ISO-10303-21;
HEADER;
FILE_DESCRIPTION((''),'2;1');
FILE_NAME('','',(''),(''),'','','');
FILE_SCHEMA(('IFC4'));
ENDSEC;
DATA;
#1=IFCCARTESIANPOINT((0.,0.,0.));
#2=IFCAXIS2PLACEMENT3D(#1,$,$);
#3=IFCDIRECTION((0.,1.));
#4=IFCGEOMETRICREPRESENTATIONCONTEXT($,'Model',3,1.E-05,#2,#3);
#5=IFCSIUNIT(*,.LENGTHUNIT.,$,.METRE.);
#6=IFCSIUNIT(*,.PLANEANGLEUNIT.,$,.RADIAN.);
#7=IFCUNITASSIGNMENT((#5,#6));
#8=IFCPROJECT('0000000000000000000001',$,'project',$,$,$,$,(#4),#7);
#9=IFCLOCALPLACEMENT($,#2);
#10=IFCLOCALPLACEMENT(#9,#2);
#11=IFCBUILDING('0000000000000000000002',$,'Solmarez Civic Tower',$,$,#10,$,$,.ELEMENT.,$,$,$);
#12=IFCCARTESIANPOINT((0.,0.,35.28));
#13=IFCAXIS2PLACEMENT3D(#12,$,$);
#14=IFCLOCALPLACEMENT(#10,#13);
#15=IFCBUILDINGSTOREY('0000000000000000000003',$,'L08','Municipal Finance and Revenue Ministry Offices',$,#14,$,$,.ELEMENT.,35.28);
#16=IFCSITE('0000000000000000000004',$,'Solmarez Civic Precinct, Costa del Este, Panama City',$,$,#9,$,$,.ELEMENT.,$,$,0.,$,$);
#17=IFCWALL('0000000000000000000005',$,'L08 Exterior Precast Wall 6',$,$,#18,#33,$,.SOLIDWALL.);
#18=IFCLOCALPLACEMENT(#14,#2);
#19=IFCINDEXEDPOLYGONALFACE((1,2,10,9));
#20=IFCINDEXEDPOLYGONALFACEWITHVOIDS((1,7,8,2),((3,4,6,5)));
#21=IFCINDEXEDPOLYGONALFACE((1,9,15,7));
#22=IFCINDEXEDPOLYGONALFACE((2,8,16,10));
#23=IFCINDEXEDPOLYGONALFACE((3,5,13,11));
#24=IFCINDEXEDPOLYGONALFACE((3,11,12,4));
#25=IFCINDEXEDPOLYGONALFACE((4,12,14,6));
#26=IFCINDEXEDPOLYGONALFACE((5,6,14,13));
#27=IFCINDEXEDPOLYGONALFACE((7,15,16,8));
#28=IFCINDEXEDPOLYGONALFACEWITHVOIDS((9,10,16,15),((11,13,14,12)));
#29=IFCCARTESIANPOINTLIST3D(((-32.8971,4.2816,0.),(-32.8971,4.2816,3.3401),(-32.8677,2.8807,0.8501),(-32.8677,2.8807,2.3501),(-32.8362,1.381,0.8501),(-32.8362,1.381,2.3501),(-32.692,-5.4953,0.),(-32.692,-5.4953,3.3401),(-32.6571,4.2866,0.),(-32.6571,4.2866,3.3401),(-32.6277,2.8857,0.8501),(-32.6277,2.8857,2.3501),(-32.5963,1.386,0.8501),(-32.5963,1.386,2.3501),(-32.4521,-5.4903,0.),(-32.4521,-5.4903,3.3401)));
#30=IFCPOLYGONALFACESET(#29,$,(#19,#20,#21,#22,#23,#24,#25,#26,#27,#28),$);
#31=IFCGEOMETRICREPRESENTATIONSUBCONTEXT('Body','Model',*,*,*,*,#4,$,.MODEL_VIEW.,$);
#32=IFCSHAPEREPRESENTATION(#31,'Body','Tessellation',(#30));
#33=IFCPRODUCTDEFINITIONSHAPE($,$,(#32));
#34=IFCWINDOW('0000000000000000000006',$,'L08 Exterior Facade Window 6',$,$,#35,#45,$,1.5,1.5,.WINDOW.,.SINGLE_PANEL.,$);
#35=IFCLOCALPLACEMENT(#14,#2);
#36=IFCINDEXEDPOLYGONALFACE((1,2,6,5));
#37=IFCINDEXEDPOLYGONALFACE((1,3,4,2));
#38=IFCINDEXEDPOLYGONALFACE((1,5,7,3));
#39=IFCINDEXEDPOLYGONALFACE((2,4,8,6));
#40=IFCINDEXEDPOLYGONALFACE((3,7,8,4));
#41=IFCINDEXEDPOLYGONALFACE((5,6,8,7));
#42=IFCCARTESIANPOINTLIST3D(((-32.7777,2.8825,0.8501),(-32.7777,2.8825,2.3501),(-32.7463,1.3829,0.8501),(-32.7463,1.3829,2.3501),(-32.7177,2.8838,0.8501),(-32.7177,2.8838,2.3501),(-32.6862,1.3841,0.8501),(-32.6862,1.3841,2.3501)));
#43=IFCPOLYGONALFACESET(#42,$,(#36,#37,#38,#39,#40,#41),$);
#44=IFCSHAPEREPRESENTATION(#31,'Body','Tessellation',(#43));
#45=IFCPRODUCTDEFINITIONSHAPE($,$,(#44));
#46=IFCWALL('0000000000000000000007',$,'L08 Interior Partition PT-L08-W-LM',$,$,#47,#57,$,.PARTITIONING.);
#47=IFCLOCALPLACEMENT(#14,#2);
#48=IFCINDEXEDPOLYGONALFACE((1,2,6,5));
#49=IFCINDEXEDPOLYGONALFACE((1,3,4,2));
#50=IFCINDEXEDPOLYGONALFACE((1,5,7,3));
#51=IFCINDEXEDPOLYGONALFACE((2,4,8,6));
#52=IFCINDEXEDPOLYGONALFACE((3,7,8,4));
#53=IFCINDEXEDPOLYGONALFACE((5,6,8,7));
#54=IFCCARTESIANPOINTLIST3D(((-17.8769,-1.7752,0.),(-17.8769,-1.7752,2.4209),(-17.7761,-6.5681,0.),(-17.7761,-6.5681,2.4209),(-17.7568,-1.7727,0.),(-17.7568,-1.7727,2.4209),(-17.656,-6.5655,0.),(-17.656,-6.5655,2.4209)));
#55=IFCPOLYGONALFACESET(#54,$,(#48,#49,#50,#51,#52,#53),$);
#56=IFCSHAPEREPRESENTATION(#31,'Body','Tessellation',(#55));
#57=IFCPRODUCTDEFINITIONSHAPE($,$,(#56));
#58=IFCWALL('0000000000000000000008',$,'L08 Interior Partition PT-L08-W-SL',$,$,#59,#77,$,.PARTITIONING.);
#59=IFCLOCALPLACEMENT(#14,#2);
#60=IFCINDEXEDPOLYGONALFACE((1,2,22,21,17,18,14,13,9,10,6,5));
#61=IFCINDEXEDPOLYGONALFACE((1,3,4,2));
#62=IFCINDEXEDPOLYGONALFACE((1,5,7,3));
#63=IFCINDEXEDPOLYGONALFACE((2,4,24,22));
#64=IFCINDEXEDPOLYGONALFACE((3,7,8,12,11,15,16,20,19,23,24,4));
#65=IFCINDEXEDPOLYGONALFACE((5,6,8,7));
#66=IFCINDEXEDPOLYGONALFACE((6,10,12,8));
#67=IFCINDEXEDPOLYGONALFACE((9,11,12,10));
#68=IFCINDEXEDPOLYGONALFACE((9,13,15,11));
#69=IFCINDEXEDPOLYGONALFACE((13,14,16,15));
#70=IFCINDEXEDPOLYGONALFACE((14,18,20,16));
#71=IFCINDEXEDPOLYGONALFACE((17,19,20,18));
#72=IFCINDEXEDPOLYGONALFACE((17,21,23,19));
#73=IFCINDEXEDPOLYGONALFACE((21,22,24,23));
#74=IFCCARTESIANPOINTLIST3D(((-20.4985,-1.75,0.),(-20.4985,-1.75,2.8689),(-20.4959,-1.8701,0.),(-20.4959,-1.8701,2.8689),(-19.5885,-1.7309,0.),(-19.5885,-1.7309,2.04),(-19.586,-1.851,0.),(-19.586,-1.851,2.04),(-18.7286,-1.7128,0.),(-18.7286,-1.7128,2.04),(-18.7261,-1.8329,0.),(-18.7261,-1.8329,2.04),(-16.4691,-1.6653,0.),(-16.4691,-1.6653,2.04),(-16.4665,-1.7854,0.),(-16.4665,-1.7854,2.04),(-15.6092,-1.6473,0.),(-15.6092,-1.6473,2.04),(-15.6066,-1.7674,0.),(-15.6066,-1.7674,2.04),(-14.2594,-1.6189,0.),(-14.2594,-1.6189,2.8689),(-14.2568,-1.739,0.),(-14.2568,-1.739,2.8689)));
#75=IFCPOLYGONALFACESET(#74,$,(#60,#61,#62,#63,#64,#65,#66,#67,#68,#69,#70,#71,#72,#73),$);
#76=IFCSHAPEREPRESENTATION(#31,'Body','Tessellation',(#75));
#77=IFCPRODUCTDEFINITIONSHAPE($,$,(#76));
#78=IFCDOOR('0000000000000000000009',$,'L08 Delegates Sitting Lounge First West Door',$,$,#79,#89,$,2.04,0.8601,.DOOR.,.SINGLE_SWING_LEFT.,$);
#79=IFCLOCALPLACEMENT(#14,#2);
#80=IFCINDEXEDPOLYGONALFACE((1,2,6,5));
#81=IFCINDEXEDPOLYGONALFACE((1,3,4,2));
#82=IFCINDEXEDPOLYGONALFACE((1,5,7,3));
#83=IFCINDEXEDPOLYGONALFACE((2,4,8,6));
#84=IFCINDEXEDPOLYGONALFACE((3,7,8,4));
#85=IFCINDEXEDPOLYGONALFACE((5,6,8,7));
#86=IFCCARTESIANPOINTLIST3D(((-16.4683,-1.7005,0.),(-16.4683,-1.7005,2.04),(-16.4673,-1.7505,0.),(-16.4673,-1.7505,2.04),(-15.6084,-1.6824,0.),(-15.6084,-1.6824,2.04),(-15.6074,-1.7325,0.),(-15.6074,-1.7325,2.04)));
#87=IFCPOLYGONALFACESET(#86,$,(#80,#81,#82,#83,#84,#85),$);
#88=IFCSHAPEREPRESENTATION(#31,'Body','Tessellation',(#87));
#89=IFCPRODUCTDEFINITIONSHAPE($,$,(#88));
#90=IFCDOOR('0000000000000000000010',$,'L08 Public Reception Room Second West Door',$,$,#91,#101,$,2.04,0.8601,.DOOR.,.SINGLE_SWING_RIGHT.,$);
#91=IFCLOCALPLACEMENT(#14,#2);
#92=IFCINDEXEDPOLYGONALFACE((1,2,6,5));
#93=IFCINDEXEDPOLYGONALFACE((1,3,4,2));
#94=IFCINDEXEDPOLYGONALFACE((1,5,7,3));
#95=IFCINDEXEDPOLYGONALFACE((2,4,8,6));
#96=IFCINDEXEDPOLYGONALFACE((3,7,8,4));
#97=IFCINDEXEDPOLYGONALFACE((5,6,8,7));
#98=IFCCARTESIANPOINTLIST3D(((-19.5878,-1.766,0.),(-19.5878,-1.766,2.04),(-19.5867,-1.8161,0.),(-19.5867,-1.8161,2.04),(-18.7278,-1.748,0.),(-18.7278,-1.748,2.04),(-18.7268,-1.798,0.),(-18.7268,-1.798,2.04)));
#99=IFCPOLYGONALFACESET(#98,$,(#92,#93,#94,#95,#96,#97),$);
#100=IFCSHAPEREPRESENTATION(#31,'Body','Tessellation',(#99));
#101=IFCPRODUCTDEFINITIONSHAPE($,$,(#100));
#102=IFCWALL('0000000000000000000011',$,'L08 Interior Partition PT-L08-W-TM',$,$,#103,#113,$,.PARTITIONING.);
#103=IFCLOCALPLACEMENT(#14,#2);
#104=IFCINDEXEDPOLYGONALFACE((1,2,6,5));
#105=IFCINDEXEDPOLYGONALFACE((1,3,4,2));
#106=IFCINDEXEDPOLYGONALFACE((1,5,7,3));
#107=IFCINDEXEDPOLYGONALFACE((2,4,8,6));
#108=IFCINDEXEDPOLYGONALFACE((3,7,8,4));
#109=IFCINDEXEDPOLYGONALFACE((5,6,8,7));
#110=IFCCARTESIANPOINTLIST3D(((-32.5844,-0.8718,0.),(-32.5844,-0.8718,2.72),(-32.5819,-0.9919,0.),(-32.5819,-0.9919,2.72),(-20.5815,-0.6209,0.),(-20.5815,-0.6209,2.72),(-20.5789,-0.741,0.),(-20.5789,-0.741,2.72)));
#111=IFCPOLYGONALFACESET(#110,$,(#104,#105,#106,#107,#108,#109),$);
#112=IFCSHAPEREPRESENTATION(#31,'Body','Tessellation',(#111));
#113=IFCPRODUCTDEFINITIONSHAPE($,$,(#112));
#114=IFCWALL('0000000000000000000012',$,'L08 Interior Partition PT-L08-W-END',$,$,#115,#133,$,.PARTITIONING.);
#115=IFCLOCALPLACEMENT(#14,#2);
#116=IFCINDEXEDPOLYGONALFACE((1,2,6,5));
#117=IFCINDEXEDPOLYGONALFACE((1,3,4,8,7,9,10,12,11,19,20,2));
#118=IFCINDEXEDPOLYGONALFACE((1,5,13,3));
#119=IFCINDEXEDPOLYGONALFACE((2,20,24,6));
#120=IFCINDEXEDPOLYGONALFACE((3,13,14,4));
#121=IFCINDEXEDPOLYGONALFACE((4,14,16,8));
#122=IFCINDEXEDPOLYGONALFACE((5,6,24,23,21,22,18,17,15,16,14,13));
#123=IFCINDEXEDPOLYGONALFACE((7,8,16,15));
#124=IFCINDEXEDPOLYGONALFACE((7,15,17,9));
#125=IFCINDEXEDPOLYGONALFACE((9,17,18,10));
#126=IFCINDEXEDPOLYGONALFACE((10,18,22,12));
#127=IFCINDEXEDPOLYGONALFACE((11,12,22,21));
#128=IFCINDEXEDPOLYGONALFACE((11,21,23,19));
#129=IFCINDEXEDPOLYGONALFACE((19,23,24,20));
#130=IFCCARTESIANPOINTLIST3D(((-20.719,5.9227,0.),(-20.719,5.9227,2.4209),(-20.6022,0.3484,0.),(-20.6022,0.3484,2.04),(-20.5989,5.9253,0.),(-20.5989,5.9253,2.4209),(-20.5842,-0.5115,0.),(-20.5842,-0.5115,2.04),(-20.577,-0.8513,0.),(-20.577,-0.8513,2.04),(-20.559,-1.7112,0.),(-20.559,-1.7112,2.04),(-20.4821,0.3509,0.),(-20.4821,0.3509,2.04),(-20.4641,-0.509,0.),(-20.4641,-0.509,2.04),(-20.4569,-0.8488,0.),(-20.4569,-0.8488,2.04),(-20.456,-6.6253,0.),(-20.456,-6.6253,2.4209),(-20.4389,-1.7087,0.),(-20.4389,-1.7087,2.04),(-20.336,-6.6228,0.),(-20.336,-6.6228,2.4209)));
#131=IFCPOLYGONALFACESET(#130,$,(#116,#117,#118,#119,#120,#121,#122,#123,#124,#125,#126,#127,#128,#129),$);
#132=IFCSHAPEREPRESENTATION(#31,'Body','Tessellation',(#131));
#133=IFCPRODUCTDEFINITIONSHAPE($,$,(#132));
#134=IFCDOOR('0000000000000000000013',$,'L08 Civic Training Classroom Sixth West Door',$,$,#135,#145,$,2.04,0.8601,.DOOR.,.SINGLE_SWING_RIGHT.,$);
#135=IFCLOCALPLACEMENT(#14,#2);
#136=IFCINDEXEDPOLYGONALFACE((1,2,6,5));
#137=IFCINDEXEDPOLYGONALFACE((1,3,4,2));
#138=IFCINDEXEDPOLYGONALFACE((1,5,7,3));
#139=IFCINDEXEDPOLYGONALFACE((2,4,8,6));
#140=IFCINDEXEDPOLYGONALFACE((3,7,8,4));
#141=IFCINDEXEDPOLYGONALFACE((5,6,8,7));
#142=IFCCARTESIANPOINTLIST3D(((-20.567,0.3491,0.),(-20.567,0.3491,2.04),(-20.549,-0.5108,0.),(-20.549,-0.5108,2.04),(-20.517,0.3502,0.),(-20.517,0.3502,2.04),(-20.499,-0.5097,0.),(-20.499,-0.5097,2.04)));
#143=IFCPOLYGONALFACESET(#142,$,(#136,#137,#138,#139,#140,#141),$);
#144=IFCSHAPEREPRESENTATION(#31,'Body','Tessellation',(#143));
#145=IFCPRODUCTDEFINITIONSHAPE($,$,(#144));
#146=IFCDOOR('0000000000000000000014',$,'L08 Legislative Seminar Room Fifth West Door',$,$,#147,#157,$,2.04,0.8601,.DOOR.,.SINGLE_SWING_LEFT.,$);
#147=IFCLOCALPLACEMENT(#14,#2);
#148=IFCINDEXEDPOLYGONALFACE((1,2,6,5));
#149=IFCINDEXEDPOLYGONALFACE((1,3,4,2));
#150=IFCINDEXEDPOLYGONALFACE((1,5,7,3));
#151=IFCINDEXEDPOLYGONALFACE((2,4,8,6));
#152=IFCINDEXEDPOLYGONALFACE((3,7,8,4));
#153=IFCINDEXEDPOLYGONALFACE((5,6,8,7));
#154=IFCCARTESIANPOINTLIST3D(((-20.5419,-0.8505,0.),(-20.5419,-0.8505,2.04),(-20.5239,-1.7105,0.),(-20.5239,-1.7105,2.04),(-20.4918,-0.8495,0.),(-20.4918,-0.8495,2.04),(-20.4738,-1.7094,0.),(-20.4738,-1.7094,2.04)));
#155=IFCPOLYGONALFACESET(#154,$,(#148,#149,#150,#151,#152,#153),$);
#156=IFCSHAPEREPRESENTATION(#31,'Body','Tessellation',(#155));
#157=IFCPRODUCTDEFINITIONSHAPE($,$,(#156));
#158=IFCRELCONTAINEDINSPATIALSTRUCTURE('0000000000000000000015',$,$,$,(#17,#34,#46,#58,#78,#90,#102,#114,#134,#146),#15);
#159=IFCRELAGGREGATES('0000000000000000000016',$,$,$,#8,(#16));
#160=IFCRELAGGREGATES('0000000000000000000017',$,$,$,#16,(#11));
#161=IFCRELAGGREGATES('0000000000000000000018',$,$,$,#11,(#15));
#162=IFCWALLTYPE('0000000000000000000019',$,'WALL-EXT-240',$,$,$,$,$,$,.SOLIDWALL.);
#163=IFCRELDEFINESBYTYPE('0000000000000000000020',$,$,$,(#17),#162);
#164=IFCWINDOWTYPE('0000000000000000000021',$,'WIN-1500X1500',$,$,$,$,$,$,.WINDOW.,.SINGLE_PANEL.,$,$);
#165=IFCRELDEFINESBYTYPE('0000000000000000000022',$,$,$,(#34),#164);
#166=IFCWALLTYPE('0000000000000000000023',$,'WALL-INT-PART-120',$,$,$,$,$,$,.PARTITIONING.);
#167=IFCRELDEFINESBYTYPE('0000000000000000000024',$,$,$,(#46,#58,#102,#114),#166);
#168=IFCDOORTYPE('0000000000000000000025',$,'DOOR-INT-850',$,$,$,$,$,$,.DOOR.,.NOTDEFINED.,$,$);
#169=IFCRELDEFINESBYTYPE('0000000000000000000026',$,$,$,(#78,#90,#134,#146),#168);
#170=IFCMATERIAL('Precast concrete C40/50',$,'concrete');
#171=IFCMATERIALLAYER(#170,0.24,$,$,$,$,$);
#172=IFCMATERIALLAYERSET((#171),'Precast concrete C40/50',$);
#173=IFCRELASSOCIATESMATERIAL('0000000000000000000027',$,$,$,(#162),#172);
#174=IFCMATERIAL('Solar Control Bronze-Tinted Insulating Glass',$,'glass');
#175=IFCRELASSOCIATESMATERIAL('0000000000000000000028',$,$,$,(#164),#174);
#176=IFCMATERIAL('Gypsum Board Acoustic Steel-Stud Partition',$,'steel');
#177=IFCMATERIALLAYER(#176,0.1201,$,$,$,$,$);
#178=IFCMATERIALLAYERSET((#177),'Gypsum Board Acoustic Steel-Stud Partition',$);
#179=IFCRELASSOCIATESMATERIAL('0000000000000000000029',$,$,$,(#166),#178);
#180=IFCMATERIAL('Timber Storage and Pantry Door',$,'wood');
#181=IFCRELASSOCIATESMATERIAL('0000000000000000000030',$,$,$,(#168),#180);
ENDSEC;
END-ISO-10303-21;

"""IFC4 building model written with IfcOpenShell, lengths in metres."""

from ifc_helpers import new_model, si_unit, direction, frame, frame_2d, origin, place, context, subcontext, project, spatial, rectangle, extrude, material, layer, layer_set, type_object, element, fill, save


model = new_model("IFC4")

# Units and contexts
model_context = context("Model", 3, precision=1e-05, world=origin(), true_north=direction((0.0, 1.0)))
body_context = subcontext(model_context, "Body", "Model", "MODEL_VIEW")
ifc_project = project(units=[si_unit("LENGTHUNIT", "METRE"), si_unit("PLANEANGLEUNIT", "RADIAN")], contexts=[model_context])

# Site, building, storey
site_placement = place(None, origin())
site = spatial("IfcSite", under=ifc_project, at=site_placement, Name="Solmarez Civic Precinct, Costa del Este, Panama City", CompositionType="ELEMENT", RefElevation=0.0)
building_placement = place(site_placement, origin())
building = spatial("IfcBuilding", under=site, at=building_placement, Name="Solmarez Civic Tower", CompositionType="ELEMENT")
storey_placement = place(building_placement, frame((0.0, 0.0, 35.28)))
storey = spatial("IfcBuildingStorey", under=building, at=storey_placement, Name="L08", Description="Municipal Finance and Revenue Ministry Offices", CompositionType="ELEMENT", Elevation=35.28)

# Shared definitions
ifc_material_1 = material(Name="Precast concrete C40/50", Category="concrete")
ifc_layer_1 = layer(ifc_material_1, 0.24)
ifc_layer_set_1 = layer_set([ifc_layer_1], Name="Precast concrete C40/50")
wall_type_1 = type_object("IfcWallType", Name="WALL-EXT-240", PredefinedType="SOLIDWALL", material=ifc_layer_set_1)

# Wall, opening, window
wall_1_placement = place(storey_placement, frame((-32.572, -5.4929, 0.0), z_axis=(0.0, 0.0, 1.0), x_axis=(-0.020971, 0.99978, 0.0)))
wall_1 = element("IfcWall", 1, at=wall_1_placement, inside=storey, type_object=wall_type_1, Name="L08 Exterior Precast Wall 6", PredefinedType="SOLIDWALL", context=body_context, shape_type="SweptSolid", body=[
    extrude(rectangle(XDim=9.7791, YDim=0.24, at=frame_2d((4.8896, 0.0))), origin(), (0.0, 0.0, 1.0), 3.3401),
])
opening_1_placement = place(wall_1_placement, frame((6.8779, 0.0, 0.8501)))
opening_1 = element("IfcOpeningElement", 2, at=opening_1_placement, cuts=wall_1, PredefinedType="OPENING", context=body_context, shape_type="SweptSolid", body=[
    extrude(rectangle(XDim=1.5, YDim=1.5, at=frame_2d((0.75, 0.75))), frame((0.0, 0.1299, 0.0), z_axis=(0.0, -1.0, 0.0), x_axis=(1.0, 0.0, 0.0)), (0.0, 0.0, 1.0), 0.26),
])
ifc_material_2 = material(Name="Solar Control Bronze-Tinted Insulating Glass", Category="glass")
window_type = type_object("IfcWindowType", Name="WIN-1500X1500", PartitioningType="SINGLE_PANEL", PredefinedType="WINDOW", material=ifc_material_2)
window_placement = place(opening_1_placement, origin())
window = element("IfcWindow", 3, at=window_placement, inside=storey, type_object=window_type, Name="L08 Exterior Facade Window 6", OverallHeight=1.5, OverallWidth=1.5, PartitioningType="SINGLE_PANEL", PredefinedType="WINDOW", context=body_context, shape_type="SweptSolid", body=[
    extrude(rectangle(XDim=1.5, YDim=1.5, at=frame_2d((0.75, 0.75))), frame((0.0, 0.03, 0.0), z_axis=(0.0, -1.0, 0.0), x_axis=(1.0, 0.0, 0.0)), (0.0, 0.0, 1.0), 0.0601),
])
fill(opening_1, window)

# Wall
ifc_material_3 = material(Name="Gypsum Board Acoustic Steel-Stud Partition", Category="steel")
ifc_layer_2 = layer(ifc_material_3, 0.1201)
ifc_layer_set_2 = layer_set([ifc_layer_2], Name="Gypsum Board Acoustic Steel-Stud Partition")
wall_type_2 = type_object("IfcWallType", Name="WALL-INT-PART-120", PredefinedType="PARTITIONING", material=ifc_layer_set_2)
wall_2_placement = place(storey_placement, frame((-17.8169, -1.7739, 0.0), z_axis=(0.0, 0.0, 1.0), x_axis=(0.021032, -0.999779, 0.0)))
element("IfcWall", 4, at=wall_2_placement, inside=storey, type_object=wall_type_2, Name="L08 Interior Partition PT-L08-W-LM", PredefinedType="PARTITIONING", context=body_context, shape_type="SweptSolid", body=[
    extrude(rectangle(XDim=4.7939, YDim=0.1201, at=frame_2d((2.397, 0.0))), origin(), (0.0, 0.0, 1.0), 2.4209),
])

# Wall, openings, doors
wall_3_placement = place(storey_placement, frame((-20.4971, -1.8101, 0.0), z_axis=(0.0, 0.0, 1.0), x_axis=(0.999779, 0.021009, 0.0)))
wall_3 = element("IfcWall", 5, at=wall_3_placement, inside=storey, type_object=wall_type_2, Name="L08 Interior Partition PT-L08-W-SL", PredefinedType="PARTITIONING", context=body_context, shape_type="SweptSolid", body=[
    extrude(rectangle(XDim=6.2405, YDim=0.1201, at=frame_2d((3.1201, 0.0))), origin(), (0.0, 0.0, 1.0), 2.8689),
])
opening_2_placement = place(wall_3_placement, frame((4.03, 0.0, 0.0)))
opening_2 = element("IfcOpeningElement", 6, at=opening_2_placement, cuts=wall_3, PredefinedType="OPENING", context=body_context, shape_type="SweptSolid", body=[
    extrude(rectangle(XDim=0.8601, YDim=2.04, at=frame_2d((0.4302, 1.02))), frame((0.0, 0.0701, 0.0), z_axis=(0.0, -1.0, 0.0), x_axis=(1.0, 0.0, 0.0)), (0.0, 0.0, 1.0), 0.1401),
])
opening_3_placement = place(wall_3_placement, frame((0.9099, 0.0, 0.0)))
opening_3 = element("IfcOpeningElement", 7, at=opening_3_placement, cuts=wall_3, PredefinedType="OPENING", context=body_context, shape_type="SweptSolid", body=[
    extrude(rectangle(XDim=0.8601, YDim=2.04, at=frame_2d((0.4302, 1.02))), frame((0.0, 0.0701, 0.0), z_axis=(0.0, -1.0, 0.0), x_axis=(1.0, 0.0, 0.0)), (0.0, 0.0, 1.0), 0.1401),
])
ifc_material_4 = material(Name="Timber Storage and Pantry Door", Category="wood")
door_type = type_object("IfcDoorType", Name="DOOR-INT-850", OperationType="NOTDEFINED", PredefinedType="DOOR", material=ifc_material_4)
door_1_placement = place(opening_2_placement, origin())
door_1 = element("IfcDoor", 8, at=door_1_placement, inside=storey, type_object=door_type, Name="L08 Delegates Sitting Lounge First West Door", OperationType="SINGLE_SWING_LEFT", OverallHeight=2.04, OverallWidth=0.8601, PredefinedType="DOOR", context=body_context, shape_type="SweptSolid", body=[
    extrude(rectangle(XDim=0.8601, YDim=2.04, at=frame_2d((0.4302, 1.02))), frame((0.0, 0.0249, 0.0), z_axis=(0.0, -1.0, 0.0), x_axis=(1.0, 0.0, 0.0)), (0.0, 0.0, 1.0), 0.05),
])
fill(opening_2, door_1)
door_2_placement = place(opening_3_placement, origin())
door_2 = element("IfcDoor", 9, at=door_2_placement, inside=storey, type_object=door_type, Name="L08 Public Reception Room Second West Door", OperationType="SINGLE_SWING_RIGHT", OverallHeight=2.04, OverallWidth=0.8601, PredefinedType="DOOR", context=body_context, shape_type="SweptSolid", body=[
    extrude(rectangle(XDim=0.8601, YDim=2.04, at=frame_2d((0.4302, 1.02))), frame((0.0, 0.0249, 0.0), z_axis=(0.0, -1.0, 0.0), x_axis=(1.0, 0.0, 0.0)), (0.0, 0.0, 1.0), 0.05),
])
fill(opening_3, door_2)

# Wall
wall_4_placement = place(storey_placement, frame((-20.5801, -0.6809, 0.0), z_axis=(0.0, 0.0, 1.0), x_axis=(-0.999781, -0.020905, 0.0)))
element("IfcWall", 10, at=wall_4_placement, inside=storey, type_object=wall_type_2, Name="L08 Interior Partition PT-L08-W-TM", PredefinedType="PARTITIONING", context=body_context, shape_type="SweptSolid", body=[
    extrude(rectangle(XDim=12.0056, YDim=0.1201, at=frame_2d((6.0029, 0.0))), origin(), (0.0, 0.0, 1.0), 2.72),
])

# Wall, openings, doors
wall_5_placement = place(storey_placement, frame((-20.396, -6.624, 0.0), z_axis=(0.0, 0.0, 1.0), x_axis=(-0.02095, 0.999781, 0.0)))
wall_5 = element("IfcWall", 11, at=wall_5_placement, inside=storey, type_object=wall_type_2, Name="L08 Interior Partition PT-L08-W-END", PredefinedType="PARTITIONING", context=body_context, shape_type="SweptSolid", body=[
    extrude(rectangle(XDim=12.5508, YDim=0.1201, at=frame_2d((6.2754, 0.0))), origin(), (0.0, 0.0, 1.0), 2.4209),
])
opening_4_placement = place(wall_5_placement, frame((6.115, 0.0, 0.0)))
opening_4 = element("IfcOpeningElement", 12, at=opening_4_placement, cuts=wall_5, PredefinedType="OPENING", context=body_context, shape_type="SweptSolid", body=[
    extrude(rectangle(XDim=0.8601, YDim=2.04, at=frame_2d((0.4302, 1.02))), frame((0.0, 0.0701, 0.0), z_axis=(0.0, -1.0, 0.0), x_axis=(1.0, 0.0, 0.0)), (0.0, 0.0, 1.0), 0.1401),
])
opening_5_placement = place(wall_5_placement, frame((4.915, 0.0, 0.0)))
opening_5 = element("IfcOpeningElement", 13, at=opening_5_placement, cuts=wall_5, PredefinedType="OPENING", context=body_context, shape_type="SweptSolid", body=[
    extrude(rectangle(XDim=0.8601, YDim=2.04, at=frame_2d((0.4302, 1.02))), frame((0.0, 0.0701, 0.0), z_axis=(0.0, -1.0, 0.0), x_axis=(1.0, 0.0, 0.0)), (0.0, 0.0, 1.0), 0.1401),
])
door_3_placement = place(opening_4_placement, origin())
door_3 = element("IfcDoor", 14, at=door_3_placement, inside=storey, type_object=door_type, Name="L08 Civic Training Classroom Sixth West Door", OperationType="SINGLE_SWING_RIGHT", OverallHeight=2.04, OverallWidth=0.8601, PredefinedType="DOOR", context=body_context, shape_type="SweptSolid", body=[
    extrude(rectangle(XDim=0.8601, YDim=2.04, at=frame_2d((0.4302, 1.02))), frame((0.0, 0.0249, 0.0), z_axis=(0.0, -1.0, 0.0), x_axis=(1.0, 0.0, 0.0)), (0.0, 0.0, 1.0), 0.05),
])
fill(opening_4, door_3)
door_4_placement = place(opening_5_placement, origin())
door_4 = element("IfcDoor", 15, at=door_4_placement, inside=storey, type_object=door_type, Name="L08 Legislative Seminar Room Fifth West Door", OperationType="SINGLE_SWING_LEFT", OverallHeight=2.04, OverallWidth=0.8601, PredefinedType="DOOR", context=body_context, shape_type="SweptSolid", body=[
    extrude(rectangle(XDim=0.8601, YDim=2.04, at=frame_2d((0.4302, 1.02))), frame((0.0, 0.0249, 0.0), z_axis=(0.0, -1.0, 0.0), x_axis=(1.0, 0.0, 0.0)), (0.0, 0.0, 1.0), 0.05),
])
fill(opening_5, door_4)

save(model, "model.ifc")
